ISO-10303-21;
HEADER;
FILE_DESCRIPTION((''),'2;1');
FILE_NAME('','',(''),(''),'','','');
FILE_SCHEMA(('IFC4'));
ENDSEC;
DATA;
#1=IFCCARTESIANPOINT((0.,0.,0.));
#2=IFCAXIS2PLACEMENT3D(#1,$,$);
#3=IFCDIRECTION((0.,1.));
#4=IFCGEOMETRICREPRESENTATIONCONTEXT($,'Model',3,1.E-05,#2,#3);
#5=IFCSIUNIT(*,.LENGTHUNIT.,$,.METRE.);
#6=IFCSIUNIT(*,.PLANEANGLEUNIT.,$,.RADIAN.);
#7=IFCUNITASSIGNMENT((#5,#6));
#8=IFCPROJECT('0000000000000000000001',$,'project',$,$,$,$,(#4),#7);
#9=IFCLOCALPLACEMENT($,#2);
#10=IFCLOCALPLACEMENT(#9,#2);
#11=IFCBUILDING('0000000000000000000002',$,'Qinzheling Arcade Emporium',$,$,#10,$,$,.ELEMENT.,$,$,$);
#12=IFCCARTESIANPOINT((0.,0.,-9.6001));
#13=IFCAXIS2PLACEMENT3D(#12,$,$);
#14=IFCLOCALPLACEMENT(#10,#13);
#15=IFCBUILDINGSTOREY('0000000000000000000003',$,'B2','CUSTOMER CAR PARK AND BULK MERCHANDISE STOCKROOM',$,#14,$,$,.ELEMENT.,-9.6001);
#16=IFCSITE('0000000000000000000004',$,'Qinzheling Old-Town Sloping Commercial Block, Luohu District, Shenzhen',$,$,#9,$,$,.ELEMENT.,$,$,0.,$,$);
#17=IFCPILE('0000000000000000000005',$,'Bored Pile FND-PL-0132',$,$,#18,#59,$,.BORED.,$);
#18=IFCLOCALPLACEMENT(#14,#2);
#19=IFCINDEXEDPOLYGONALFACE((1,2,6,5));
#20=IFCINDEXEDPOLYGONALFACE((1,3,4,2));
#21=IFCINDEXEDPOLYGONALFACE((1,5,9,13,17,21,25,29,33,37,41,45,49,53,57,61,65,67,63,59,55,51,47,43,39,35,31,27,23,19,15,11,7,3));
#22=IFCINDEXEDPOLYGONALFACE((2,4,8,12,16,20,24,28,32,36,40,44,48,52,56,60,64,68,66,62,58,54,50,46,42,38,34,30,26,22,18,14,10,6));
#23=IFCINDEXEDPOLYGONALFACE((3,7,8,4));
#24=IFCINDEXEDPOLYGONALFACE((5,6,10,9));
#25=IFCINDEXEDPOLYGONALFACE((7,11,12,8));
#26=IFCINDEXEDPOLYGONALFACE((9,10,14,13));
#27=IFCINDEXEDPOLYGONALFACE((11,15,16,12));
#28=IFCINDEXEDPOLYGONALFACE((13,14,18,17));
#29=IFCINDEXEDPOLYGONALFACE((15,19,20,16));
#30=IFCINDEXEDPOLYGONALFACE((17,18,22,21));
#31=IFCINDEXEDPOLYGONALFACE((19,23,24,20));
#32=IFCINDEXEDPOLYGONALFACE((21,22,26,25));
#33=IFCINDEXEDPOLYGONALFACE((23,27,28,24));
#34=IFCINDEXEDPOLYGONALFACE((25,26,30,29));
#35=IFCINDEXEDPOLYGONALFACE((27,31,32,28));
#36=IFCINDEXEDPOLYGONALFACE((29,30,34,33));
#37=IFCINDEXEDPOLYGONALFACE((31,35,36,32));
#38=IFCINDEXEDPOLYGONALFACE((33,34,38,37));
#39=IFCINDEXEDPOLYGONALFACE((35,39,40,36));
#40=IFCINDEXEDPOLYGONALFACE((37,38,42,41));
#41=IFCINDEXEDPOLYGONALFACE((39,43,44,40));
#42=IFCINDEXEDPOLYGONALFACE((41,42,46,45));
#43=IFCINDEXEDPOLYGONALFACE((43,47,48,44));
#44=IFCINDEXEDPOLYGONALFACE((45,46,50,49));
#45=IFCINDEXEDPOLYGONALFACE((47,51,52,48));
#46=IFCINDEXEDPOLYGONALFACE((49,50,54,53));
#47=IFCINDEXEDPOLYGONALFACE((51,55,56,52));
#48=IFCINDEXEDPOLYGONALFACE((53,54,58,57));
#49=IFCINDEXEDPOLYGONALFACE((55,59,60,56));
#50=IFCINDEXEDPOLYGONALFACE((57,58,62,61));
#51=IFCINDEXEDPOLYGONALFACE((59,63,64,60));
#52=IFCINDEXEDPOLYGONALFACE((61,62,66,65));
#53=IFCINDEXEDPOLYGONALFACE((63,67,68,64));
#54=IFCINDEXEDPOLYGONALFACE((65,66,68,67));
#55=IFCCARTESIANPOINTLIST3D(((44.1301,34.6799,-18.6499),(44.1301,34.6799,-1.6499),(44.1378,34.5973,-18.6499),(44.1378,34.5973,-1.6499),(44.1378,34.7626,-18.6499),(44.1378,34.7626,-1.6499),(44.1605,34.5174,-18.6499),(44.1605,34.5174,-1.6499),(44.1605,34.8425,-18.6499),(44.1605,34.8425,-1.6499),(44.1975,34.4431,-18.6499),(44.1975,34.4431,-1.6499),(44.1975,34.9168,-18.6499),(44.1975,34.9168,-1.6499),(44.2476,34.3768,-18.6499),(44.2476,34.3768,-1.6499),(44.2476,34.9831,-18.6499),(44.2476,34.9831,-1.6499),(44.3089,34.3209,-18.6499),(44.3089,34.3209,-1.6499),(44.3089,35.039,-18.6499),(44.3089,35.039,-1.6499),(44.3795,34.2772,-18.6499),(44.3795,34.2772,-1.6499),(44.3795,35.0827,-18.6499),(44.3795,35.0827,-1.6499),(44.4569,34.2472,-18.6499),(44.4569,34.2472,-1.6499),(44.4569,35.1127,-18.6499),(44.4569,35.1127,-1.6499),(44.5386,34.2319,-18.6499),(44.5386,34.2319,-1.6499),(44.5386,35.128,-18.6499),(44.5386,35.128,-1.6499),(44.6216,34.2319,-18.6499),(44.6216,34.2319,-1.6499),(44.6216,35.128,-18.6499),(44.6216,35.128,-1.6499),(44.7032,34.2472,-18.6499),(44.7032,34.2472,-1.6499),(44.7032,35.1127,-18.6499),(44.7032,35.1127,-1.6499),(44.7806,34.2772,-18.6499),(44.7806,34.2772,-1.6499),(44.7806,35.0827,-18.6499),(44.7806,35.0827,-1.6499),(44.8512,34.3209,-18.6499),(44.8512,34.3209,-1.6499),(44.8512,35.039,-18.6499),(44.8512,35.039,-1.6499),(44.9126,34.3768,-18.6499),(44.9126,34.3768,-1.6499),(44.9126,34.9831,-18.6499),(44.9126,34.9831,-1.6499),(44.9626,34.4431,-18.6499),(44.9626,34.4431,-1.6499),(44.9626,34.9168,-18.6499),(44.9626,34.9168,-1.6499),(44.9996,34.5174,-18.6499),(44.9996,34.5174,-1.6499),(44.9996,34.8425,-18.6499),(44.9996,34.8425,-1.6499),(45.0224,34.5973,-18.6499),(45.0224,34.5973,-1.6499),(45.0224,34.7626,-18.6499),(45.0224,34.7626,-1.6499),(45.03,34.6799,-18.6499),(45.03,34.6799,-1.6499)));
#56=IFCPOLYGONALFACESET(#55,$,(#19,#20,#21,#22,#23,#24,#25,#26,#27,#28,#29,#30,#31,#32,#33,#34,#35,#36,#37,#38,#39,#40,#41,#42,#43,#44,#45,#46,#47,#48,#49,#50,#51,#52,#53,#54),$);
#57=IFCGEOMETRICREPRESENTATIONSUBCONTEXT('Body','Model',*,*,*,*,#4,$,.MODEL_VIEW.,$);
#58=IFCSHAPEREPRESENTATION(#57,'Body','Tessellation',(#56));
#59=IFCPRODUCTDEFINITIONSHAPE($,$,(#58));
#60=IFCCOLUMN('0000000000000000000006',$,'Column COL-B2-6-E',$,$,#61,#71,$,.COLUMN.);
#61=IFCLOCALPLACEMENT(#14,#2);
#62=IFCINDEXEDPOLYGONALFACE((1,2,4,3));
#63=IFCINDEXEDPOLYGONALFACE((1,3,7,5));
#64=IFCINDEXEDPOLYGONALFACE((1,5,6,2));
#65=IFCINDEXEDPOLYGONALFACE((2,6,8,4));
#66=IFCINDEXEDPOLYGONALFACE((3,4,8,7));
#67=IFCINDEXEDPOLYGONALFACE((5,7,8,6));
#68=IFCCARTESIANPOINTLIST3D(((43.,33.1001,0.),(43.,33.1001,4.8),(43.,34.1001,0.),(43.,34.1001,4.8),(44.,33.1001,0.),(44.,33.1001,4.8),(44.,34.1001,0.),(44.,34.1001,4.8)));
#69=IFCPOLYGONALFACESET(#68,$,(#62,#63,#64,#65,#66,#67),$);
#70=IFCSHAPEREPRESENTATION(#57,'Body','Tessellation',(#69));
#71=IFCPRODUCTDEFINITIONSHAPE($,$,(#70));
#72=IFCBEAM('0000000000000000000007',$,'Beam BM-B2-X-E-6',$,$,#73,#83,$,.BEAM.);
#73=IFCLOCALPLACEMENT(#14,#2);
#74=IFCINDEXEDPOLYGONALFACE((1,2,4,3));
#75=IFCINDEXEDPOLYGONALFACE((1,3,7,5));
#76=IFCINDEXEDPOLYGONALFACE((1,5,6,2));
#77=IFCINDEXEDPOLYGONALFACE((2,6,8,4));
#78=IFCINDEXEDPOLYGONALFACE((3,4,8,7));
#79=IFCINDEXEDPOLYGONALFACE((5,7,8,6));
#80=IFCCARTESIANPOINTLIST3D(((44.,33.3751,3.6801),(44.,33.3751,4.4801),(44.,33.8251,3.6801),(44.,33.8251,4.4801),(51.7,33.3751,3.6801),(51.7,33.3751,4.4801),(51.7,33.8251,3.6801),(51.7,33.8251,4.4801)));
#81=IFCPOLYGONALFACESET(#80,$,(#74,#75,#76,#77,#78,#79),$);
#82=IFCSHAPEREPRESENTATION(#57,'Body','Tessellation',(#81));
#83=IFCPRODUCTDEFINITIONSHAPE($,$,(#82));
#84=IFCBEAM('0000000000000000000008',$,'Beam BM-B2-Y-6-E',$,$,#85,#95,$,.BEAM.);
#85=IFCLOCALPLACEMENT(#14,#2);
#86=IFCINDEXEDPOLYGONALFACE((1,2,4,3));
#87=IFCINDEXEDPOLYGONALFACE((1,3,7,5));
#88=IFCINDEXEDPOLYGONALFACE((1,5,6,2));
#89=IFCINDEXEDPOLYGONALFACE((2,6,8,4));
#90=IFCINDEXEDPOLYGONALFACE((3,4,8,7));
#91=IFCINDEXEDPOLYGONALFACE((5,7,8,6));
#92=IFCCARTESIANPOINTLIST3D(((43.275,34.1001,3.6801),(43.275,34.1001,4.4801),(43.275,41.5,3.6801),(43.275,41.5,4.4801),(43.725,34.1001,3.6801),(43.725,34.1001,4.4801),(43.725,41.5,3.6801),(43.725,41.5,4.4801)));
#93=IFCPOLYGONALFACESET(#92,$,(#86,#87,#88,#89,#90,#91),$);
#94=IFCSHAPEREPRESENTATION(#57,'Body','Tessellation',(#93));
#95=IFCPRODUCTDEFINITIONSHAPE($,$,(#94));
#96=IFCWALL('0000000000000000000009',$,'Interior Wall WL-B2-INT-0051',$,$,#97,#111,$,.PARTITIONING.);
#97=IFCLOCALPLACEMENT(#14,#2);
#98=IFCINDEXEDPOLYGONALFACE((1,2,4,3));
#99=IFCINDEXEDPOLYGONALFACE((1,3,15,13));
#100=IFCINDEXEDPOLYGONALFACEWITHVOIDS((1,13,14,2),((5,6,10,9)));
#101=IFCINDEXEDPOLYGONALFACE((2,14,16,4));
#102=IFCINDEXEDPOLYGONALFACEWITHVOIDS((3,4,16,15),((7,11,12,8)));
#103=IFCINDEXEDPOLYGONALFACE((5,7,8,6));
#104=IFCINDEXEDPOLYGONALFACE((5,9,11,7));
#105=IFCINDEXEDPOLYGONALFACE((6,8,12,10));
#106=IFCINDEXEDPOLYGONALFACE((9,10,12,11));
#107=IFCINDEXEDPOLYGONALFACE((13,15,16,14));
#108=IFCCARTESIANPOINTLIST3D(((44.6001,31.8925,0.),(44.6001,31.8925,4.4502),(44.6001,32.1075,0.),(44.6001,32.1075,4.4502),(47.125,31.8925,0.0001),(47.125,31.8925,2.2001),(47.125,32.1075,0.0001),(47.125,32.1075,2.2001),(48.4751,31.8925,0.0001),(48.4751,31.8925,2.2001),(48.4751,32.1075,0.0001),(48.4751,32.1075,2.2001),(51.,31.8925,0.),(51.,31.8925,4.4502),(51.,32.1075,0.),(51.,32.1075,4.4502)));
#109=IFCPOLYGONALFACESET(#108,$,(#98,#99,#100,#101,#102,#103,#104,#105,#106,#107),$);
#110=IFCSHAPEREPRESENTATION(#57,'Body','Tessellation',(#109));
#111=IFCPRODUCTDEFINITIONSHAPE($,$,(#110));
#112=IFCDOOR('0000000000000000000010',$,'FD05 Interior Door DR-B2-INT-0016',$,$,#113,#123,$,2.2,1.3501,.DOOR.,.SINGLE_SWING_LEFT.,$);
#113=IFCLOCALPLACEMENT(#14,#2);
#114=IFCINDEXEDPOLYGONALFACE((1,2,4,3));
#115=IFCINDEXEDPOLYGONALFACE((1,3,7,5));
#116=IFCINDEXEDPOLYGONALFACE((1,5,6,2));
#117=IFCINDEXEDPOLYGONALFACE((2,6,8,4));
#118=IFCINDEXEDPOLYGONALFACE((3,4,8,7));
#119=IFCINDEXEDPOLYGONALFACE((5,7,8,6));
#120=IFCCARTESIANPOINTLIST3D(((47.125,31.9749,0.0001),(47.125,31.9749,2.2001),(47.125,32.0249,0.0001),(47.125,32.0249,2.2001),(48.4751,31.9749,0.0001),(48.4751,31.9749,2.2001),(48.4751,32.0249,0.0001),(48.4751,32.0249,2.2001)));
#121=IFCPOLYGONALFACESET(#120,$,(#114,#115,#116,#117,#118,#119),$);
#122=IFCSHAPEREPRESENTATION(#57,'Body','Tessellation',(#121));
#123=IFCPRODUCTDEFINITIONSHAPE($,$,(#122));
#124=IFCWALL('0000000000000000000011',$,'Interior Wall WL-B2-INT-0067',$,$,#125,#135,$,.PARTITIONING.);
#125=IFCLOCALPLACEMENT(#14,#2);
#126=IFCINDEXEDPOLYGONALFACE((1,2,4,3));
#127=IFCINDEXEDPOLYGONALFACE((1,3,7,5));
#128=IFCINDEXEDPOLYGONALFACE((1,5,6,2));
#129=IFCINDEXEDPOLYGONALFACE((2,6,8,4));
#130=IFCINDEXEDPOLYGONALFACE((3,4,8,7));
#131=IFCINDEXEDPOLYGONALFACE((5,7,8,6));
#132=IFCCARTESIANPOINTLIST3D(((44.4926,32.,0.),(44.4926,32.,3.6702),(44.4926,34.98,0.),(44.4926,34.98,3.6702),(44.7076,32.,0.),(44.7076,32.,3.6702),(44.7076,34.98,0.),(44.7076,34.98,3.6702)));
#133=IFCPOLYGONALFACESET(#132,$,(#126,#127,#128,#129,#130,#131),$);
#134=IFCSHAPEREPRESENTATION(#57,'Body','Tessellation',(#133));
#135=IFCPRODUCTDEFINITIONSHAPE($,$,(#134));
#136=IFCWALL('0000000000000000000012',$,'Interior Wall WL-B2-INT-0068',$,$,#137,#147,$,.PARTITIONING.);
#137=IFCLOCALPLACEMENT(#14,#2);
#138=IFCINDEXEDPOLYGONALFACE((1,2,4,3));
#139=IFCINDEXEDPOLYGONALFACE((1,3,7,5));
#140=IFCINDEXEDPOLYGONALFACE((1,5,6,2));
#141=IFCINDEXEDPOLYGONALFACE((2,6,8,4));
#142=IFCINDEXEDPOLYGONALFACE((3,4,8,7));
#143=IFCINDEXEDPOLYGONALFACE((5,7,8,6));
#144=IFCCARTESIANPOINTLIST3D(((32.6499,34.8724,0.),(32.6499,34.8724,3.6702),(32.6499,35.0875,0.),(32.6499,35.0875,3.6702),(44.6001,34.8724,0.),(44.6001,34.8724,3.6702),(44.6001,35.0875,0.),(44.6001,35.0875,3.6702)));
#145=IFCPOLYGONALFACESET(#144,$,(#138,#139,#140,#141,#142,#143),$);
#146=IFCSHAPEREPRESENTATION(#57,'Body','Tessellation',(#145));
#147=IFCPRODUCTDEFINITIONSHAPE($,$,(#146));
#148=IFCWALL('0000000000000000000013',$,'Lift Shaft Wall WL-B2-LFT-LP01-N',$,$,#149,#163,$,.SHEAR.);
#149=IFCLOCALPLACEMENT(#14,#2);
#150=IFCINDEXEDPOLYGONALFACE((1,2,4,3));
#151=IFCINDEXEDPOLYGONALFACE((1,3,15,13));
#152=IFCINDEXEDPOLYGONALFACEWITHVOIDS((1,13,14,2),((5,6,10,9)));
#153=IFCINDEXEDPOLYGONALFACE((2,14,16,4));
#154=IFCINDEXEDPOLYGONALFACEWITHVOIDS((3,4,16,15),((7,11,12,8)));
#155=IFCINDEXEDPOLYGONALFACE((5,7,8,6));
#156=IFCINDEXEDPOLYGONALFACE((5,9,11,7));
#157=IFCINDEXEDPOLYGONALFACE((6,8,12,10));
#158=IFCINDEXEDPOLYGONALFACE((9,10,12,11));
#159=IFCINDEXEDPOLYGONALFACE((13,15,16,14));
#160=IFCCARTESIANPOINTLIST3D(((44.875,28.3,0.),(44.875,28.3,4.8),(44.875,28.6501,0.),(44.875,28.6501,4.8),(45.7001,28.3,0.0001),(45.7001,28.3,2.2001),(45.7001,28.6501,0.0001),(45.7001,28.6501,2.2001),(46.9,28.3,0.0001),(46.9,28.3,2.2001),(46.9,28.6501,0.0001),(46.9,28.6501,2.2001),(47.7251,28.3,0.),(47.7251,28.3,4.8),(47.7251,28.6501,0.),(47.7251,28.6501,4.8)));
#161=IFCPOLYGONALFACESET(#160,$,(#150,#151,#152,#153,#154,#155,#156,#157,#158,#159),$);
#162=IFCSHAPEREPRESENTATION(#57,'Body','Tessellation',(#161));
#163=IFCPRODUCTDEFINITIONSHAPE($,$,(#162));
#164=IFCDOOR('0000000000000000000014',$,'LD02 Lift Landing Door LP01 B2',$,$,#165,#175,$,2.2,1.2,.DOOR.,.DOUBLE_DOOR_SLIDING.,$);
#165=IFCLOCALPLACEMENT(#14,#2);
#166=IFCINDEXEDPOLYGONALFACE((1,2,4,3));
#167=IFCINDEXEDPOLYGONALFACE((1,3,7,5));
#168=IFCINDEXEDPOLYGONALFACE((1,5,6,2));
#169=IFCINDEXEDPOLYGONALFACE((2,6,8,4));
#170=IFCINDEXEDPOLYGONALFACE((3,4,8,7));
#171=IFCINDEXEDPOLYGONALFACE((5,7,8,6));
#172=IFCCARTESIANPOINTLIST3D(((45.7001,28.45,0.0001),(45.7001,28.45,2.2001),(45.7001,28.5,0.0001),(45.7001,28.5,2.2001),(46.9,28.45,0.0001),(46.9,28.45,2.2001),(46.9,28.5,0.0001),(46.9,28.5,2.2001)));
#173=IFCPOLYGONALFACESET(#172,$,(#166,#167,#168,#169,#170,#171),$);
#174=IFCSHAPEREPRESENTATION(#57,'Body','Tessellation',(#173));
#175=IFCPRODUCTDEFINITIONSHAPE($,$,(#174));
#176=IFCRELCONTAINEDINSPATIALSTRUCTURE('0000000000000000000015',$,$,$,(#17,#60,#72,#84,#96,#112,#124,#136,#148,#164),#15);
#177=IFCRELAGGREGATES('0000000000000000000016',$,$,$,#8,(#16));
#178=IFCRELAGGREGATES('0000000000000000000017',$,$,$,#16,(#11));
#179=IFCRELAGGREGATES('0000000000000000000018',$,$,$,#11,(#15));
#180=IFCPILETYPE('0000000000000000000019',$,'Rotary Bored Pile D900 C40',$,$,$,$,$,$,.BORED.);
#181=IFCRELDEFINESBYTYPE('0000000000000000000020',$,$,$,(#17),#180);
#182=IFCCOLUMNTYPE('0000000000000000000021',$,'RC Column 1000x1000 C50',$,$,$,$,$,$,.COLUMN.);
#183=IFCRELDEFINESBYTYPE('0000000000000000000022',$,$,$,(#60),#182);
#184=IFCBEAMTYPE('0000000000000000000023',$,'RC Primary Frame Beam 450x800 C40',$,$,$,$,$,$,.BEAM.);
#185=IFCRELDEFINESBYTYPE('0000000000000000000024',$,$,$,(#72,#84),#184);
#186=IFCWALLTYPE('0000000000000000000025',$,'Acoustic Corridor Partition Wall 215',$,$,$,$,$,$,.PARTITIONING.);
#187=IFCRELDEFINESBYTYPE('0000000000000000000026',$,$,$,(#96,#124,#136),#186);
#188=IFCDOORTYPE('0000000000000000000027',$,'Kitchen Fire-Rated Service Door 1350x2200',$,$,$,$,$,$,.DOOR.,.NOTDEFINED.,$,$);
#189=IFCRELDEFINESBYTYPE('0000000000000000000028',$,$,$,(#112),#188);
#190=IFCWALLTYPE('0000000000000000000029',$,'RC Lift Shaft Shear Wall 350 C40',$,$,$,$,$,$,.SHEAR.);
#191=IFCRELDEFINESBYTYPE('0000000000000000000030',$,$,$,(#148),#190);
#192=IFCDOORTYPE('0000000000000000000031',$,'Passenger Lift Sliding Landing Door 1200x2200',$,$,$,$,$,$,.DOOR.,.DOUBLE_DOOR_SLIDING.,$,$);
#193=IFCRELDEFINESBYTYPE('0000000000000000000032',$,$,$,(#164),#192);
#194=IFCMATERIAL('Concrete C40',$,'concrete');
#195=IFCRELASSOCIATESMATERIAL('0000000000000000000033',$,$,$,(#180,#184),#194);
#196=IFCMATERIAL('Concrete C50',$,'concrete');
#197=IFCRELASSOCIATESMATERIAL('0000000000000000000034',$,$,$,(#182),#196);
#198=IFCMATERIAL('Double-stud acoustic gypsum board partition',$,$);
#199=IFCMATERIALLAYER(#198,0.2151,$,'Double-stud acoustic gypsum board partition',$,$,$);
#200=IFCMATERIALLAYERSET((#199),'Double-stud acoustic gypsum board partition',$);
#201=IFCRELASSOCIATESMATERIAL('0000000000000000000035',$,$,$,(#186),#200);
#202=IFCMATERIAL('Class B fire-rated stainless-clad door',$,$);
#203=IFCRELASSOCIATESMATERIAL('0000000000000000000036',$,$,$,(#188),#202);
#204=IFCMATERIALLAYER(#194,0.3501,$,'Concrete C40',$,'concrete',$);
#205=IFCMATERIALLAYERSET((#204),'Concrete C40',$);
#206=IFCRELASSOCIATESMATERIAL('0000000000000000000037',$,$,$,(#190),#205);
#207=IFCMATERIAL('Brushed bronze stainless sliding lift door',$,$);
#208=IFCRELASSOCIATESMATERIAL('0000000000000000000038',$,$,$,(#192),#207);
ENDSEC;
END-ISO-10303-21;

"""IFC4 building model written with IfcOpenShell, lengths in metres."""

from ifc_helpers import new_model, si_unit, direction, frame, frame_2d, origin, origin_2d, place, context, subcontext, project, spatial, rectangle, circle, extrude, material, layer, layer_set, material_profile, profile_set, type_object, element, fill, save


model = new_model("IFC4")

# Units and contexts
model_context = context("Model", 3, precision=1e-05, world=origin(), true_north=direction((0.0, 1.0)))
body_context = subcontext(model_context, "Body", "Model", "MODEL_VIEW")
ifc_project = project(units=[si_unit("LENGTHUNIT", "METRE"), si_unit("PLANEANGLEUNIT", "RADIAN")], contexts=[model_context])

# Site, building, storey
site_placement = place(None, origin())
site = spatial("IfcSite", under=ifc_project, at=site_placement, Name="Qinzheling Old-Town Sloping Commercial Block, Luohu District, Shenzhen", CompositionType="ELEMENT", RefElevation=0.0)
building_placement = place(site_placement, origin())
building = spatial("IfcBuilding", under=site, at=building_placement, Name="Qinzheling Arcade Emporium", CompositionType="ELEMENT")
storey_placement = place(building_placement, frame((0.0, 0.0, -9.6001)))
storey = spatial("IfcBuildingStorey", under=building, at=storey_placement, Name="B2", Description="CUSTOMER CAR PARK AND BULK MERCHANDISE STOCKROOM", CompositionType="ELEMENT", Elevation=-9.6001)

# Shared definitions
ifc_material_1 = material(Name="Concrete C40", Category="concrete")

# Pile
ifc_material_profile_1 = material_profile(ifc_material_1, circle(Radius=0.45, at=origin_2d()), Name="BORED D900", Category="concrete")
ifc_profile_set_1 = profile_set([ifc_material_profile_1], Name="Concrete C40")
pile_type = type_object("IfcPileType", Name="Rotary Bored Pile D900 C40", PredefinedType="BORED", material=ifc_profile_set_1)
for number, where, z_axis, x_axis, name in (
    (1, (44.5801, 34.6799, -1.6499), (0.0, 0.0, -1.0), (1.0, 0.0, 0.0), "Bored Pile FND-PL-0132"),
):
    element("IfcPile", number, at=place(storey_placement, frame(where, z_axis=z_axis, x_axis=x_axis)), inside=storey, type_object=pile_type, Name=name, PredefinedType="BORED", context=body_context, shape_type="SweptSolid", body=[
        extrude(circle(Radius=0.45, at=origin_2d()), origin(), (0.0, 0.0, 1.0), 17.0),
    ])

# Column
ifc_material_2 = material(Name="Concrete C50", Category="concrete")
ifc_material_profile_2 = material_profile(ifc_material_2, rectangle(XDim=1.0, YDim=1.0, at=origin_2d()), Name="RC 1000x1000", Category="concrete")
ifc_profile_set_2 = profile_set([ifc_material_profile_2], Name="Concrete C50")
column_type = type_object("IfcColumnType", Name="RC Column 1000x1000 C50", PredefinedType="COLUMN", material=ifc_profile_set_2)
column_placement = place(storey_placement, frame((43.5, 33.6001, 0.0), z_axis=(0.0, 0.0, 1.0), x_axis=(1.0, 0.0, 0.0)))
element("IfcColumn", 2, at=column_placement, inside=storey, type_object=column_type, Name="Column COL-B2-6-E", PredefinedType="COLUMN", context=body_context, shape_type="SweptSolid", body=[
    extrude(rectangle(XDim=1.0, YDim=1.0, at=origin_2d()), origin(), (0.0, 0.0, 1.0), 4.8),
])

# Beams
ifc_material_profile_3 = material_profile(ifc_material_1, rectangle(XDim=0.45, YDim=0.8, at=origin_2d()), Name="RC 450x800", Category="concrete")
ifc_profile_set_3 = profile_set([ifc_material_profile_3], Name="Concrete C40")
beam_type = type_object("IfcBeamType", Name="RC Primary Frame Beam 450x800 C40", PredefinedType="BEAM", material=ifc_profile_set_3)
beam_1_placement = place(storey_placement, frame((44.0, 33.6001, 4.0801), z_axis=(1.0, 0.0, 0.0), x_axis=(0.0, 1.0, 0.0)))
element("IfcBeam", 3, at=beam_1_placement, inside=storey, type_object=beam_type, Name="Beam BM-B2-X-E-6", PredefinedType="BEAM", context=body_context, shape_type="SweptSolid", body=[
    extrude(rectangle(XDim=0.45, YDim=0.8, at=origin_2d()), origin(), (0.0, 0.0, 1.0), 7.7),
])
beam_2_placement = place(storey_placement, frame((43.5, 34.1001, 4.0801), z_axis=(0.0, 1.0, 0.0), x_axis=(-1.0, 0.0, 0.0)))
element("IfcBeam", 4, at=beam_2_placement, inside=storey, type_object=beam_type, Name="Beam BM-B2-Y-6-E", PredefinedType="BEAM", context=body_context, shape_type="SweptSolid", body=[
    extrude(rectangle(XDim=0.45, YDim=0.8, at=origin_2d()), origin(), (0.0, 0.0, 1.0), 7.3999),
])

# Wall, opening, door
ifc_material_3 = material(Name="Double-stud acoustic gypsum board partition")
ifc_layer_1 = layer(ifc_material_3, 0.2151, Name="Double-stud acoustic gypsum board partition")
ifc_layer_set_1 = layer_set([ifc_layer_1], Name="Double-stud acoustic gypsum board partition")
wall_type_1 = type_object("IfcWallType", Name="Acoustic Corridor Partition Wall 215", PredefinedType="PARTITIONING", material=ifc_layer_set_1)
wall_1_placement = place(storey_placement, frame((44.6001, 32.0, 0.0), z_axis=(0.0, 0.0, 1.0), x_axis=(1.0, 0.0, 0.0)))
wall_1 = element("IfcWall", 5, at=wall_1_placement, inside=storey, type_object=wall_type_1, Name="Interior Wall WL-B2-INT-0051", PredefinedType="PARTITIONING", context=body_context, shape_type="SweptSolid", body=[
    extrude(rectangle(XDim=6.3999, YDim=0.2151, at=frame_2d((3.2, 0.0))), origin(), (0.0, 0.0, 1.0), 4.4502),
])
opening_1_placement = place(wall_1_placement, frame((2.5249, 0.0, 0.0)))
opening_1 = element("IfcOpeningElement", 6, at=opening_1_placement, cuts=wall_1, PredefinedType="OPENING", context=body_context, shape_type="SweptSolid", body=[
    extrude(rectangle(XDim=1.3501, YDim=2.2, at=frame_2d((0.675, 1.1001))), frame((0.0, 0.1177, 0.0), z_axis=(0.0, -1.0, 0.0), x_axis=(1.0, 0.0, 0.0)), (0.0, 0.0, 1.0), 0.2351),
])
ifc_material_4 = material(Name="Class B fire-rated stainless-clad door")
door_type_1 = type_object("IfcDoorType", Name="Kitchen Fire-Rated Service Door 1350x2200", OperationType="NOTDEFINED", PredefinedType="DOOR", material=ifc_material_4)
door_1_placement = place(opening_1_placement, origin())
door_1 = element("IfcDoor", 7, at=door_1_placement, inside=storey, type_object=door_type_1, Name="FD05 Interior Door DR-B2-INT-0016", OperationType="SINGLE_SWING_LEFT", OverallHeight=2.2, OverallWidth=1.3501, PredefinedType="DOOR", context=body_context, shape_type="SweptSolid", body=[
    extrude(rectangle(XDim=1.3501, YDim=2.2, at=frame_2d((0.675, 1.1001))), frame((0.0, 0.0249, 0.0), z_axis=(0.0, -1.0, 0.0), x_axis=(1.0, 0.0, 0.0)), (0.0, 0.0, 1.0), 0.05),
])
fill(opening_1, door_1)

# Walls
wall_2_placement = place(storey_placement, frame((44.6001, 32.0, 0.0), z_axis=(0.0, 0.0, 1.0), x_axis=(0.0, 1.0, 0.0)))
element("IfcWall", 8, at=wall_2_placement, inside=storey, type_object=wall_type_1, Name="Interior Wall WL-B2-INT-0067", PredefinedType="PARTITIONING", context=body_context, shape_type="SweptSolid", body=[
    extrude(rectangle(XDim=2.98, YDim=0.2151, at=frame_2d((1.49, 0.0))), origin(), (0.0, 0.0, 1.0), 3.6702),
])
wall_3_placement = place(storey_placement, frame((44.6001, 34.98, 0.0), z_axis=(0.0, 0.0, 1.0), x_axis=(-1.0, 0.0, 0.0)))
element("IfcWall", 9, at=wall_3_placement, inside=storey, type_object=wall_type_1, Name="Interior Wall WL-B2-INT-0068", PredefinedType="PARTITIONING", context=body_context, shape_type="SweptSolid", body=[
    extrude(rectangle(XDim=11.9502, YDim=0.2151, at=frame_2d((5.9751, 0.0))), origin(), (0.0, 0.0, 1.0), 3.6702),
])

# Wall, opening, door
ifc_layer_2 = layer(ifc_material_1, 0.3501, Name="Concrete C40", Category="concrete")
ifc_layer_set_2 = layer_set([ifc_layer_2], Name="Concrete C40")
wall_type_2 = type_object("IfcWallType", Name="RC Lift Shaft Shear Wall 350 C40", PredefinedType="SHEAR", material=ifc_layer_set_2)
wall_4_placement = place(storey_placement, frame((44.875, 28.4751, 0.0), z_axis=(0.0, 0.0, 1.0), x_axis=(1.0, 0.0, 0.0)))
wall_4 = element("IfcWall", 10, at=wall_4_placement, inside=storey, type_object=wall_type_2, Name="Lift Shaft Wall WL-B2-LFT-LP01-N", PredefinedType="SHEAR", context=body_context, shape_type="SweptSolid", body=[
    extrude(rectangle(XDim=2.8501, YDim=0.3501, at=frame_2d((1.425, 0.0))), origin(), (0.0, 0.0, 1.0), 4.8),
])
opening_2_placement = place(wall_4_placement, frame((0.825, 0.0, 0.0)))
opening_2 = element("IfcOpeningElement", 11, at=opening_2_placement, cuts=wall_4, PredefinedType="OPENING", context=body_context, shape_type="SweptSolid", body=[
    extrude(rectangle(XDim=1.2, YDim=2.2, at=frame_2d((0.6001, 1.1001))), frame((0.0, 0.1851, 0.0), z_axis=(0.0, -1.0, 0.0), x_axis=(1.0, 0.0, 0.0)), (0.0, 0.0, 1.0), 0.3701),
])
ifc_material_5 = material(Name="Brushed bronze stainless sliding lift door")
door_type_2 = type_object("IfcDoorType", Name="Passenger Lift Sliding Landing Door 1200x2200", OperationType="DOUBLE_DOOR_SLIDING", PredefinedType="DOOR", material=ifc_material_5)
door_2_placement = place(opening_2_placement, origin())
door_2 = element("IfcDoor", 12, at=door_2_placement, inside=storey, type_object=door_type_2, Name="LD02 Lift Landing Door LP01 B2", OperationType="DOUBLE_DOOR_SLIDING", OverallHeight=2.2, OverallWidth=1.2, PredefinedType="DOOR", context=body_context, shape_type="SweptSolid", body=[
    extrude(rectangle(XDim=1.2, YDim=2.2, at=frame_2d((0.6001, 1.1001))), frame((0.0, 0.0249, 0.0), z_axis=(0.0, -1.0, 0.0), x_axis=(1.0, 0.0, 0.0)), (0.0, 0.0, 1.0), 0.05),
])
fill(opening_2, door_2)

save(model, "model.ifc")
